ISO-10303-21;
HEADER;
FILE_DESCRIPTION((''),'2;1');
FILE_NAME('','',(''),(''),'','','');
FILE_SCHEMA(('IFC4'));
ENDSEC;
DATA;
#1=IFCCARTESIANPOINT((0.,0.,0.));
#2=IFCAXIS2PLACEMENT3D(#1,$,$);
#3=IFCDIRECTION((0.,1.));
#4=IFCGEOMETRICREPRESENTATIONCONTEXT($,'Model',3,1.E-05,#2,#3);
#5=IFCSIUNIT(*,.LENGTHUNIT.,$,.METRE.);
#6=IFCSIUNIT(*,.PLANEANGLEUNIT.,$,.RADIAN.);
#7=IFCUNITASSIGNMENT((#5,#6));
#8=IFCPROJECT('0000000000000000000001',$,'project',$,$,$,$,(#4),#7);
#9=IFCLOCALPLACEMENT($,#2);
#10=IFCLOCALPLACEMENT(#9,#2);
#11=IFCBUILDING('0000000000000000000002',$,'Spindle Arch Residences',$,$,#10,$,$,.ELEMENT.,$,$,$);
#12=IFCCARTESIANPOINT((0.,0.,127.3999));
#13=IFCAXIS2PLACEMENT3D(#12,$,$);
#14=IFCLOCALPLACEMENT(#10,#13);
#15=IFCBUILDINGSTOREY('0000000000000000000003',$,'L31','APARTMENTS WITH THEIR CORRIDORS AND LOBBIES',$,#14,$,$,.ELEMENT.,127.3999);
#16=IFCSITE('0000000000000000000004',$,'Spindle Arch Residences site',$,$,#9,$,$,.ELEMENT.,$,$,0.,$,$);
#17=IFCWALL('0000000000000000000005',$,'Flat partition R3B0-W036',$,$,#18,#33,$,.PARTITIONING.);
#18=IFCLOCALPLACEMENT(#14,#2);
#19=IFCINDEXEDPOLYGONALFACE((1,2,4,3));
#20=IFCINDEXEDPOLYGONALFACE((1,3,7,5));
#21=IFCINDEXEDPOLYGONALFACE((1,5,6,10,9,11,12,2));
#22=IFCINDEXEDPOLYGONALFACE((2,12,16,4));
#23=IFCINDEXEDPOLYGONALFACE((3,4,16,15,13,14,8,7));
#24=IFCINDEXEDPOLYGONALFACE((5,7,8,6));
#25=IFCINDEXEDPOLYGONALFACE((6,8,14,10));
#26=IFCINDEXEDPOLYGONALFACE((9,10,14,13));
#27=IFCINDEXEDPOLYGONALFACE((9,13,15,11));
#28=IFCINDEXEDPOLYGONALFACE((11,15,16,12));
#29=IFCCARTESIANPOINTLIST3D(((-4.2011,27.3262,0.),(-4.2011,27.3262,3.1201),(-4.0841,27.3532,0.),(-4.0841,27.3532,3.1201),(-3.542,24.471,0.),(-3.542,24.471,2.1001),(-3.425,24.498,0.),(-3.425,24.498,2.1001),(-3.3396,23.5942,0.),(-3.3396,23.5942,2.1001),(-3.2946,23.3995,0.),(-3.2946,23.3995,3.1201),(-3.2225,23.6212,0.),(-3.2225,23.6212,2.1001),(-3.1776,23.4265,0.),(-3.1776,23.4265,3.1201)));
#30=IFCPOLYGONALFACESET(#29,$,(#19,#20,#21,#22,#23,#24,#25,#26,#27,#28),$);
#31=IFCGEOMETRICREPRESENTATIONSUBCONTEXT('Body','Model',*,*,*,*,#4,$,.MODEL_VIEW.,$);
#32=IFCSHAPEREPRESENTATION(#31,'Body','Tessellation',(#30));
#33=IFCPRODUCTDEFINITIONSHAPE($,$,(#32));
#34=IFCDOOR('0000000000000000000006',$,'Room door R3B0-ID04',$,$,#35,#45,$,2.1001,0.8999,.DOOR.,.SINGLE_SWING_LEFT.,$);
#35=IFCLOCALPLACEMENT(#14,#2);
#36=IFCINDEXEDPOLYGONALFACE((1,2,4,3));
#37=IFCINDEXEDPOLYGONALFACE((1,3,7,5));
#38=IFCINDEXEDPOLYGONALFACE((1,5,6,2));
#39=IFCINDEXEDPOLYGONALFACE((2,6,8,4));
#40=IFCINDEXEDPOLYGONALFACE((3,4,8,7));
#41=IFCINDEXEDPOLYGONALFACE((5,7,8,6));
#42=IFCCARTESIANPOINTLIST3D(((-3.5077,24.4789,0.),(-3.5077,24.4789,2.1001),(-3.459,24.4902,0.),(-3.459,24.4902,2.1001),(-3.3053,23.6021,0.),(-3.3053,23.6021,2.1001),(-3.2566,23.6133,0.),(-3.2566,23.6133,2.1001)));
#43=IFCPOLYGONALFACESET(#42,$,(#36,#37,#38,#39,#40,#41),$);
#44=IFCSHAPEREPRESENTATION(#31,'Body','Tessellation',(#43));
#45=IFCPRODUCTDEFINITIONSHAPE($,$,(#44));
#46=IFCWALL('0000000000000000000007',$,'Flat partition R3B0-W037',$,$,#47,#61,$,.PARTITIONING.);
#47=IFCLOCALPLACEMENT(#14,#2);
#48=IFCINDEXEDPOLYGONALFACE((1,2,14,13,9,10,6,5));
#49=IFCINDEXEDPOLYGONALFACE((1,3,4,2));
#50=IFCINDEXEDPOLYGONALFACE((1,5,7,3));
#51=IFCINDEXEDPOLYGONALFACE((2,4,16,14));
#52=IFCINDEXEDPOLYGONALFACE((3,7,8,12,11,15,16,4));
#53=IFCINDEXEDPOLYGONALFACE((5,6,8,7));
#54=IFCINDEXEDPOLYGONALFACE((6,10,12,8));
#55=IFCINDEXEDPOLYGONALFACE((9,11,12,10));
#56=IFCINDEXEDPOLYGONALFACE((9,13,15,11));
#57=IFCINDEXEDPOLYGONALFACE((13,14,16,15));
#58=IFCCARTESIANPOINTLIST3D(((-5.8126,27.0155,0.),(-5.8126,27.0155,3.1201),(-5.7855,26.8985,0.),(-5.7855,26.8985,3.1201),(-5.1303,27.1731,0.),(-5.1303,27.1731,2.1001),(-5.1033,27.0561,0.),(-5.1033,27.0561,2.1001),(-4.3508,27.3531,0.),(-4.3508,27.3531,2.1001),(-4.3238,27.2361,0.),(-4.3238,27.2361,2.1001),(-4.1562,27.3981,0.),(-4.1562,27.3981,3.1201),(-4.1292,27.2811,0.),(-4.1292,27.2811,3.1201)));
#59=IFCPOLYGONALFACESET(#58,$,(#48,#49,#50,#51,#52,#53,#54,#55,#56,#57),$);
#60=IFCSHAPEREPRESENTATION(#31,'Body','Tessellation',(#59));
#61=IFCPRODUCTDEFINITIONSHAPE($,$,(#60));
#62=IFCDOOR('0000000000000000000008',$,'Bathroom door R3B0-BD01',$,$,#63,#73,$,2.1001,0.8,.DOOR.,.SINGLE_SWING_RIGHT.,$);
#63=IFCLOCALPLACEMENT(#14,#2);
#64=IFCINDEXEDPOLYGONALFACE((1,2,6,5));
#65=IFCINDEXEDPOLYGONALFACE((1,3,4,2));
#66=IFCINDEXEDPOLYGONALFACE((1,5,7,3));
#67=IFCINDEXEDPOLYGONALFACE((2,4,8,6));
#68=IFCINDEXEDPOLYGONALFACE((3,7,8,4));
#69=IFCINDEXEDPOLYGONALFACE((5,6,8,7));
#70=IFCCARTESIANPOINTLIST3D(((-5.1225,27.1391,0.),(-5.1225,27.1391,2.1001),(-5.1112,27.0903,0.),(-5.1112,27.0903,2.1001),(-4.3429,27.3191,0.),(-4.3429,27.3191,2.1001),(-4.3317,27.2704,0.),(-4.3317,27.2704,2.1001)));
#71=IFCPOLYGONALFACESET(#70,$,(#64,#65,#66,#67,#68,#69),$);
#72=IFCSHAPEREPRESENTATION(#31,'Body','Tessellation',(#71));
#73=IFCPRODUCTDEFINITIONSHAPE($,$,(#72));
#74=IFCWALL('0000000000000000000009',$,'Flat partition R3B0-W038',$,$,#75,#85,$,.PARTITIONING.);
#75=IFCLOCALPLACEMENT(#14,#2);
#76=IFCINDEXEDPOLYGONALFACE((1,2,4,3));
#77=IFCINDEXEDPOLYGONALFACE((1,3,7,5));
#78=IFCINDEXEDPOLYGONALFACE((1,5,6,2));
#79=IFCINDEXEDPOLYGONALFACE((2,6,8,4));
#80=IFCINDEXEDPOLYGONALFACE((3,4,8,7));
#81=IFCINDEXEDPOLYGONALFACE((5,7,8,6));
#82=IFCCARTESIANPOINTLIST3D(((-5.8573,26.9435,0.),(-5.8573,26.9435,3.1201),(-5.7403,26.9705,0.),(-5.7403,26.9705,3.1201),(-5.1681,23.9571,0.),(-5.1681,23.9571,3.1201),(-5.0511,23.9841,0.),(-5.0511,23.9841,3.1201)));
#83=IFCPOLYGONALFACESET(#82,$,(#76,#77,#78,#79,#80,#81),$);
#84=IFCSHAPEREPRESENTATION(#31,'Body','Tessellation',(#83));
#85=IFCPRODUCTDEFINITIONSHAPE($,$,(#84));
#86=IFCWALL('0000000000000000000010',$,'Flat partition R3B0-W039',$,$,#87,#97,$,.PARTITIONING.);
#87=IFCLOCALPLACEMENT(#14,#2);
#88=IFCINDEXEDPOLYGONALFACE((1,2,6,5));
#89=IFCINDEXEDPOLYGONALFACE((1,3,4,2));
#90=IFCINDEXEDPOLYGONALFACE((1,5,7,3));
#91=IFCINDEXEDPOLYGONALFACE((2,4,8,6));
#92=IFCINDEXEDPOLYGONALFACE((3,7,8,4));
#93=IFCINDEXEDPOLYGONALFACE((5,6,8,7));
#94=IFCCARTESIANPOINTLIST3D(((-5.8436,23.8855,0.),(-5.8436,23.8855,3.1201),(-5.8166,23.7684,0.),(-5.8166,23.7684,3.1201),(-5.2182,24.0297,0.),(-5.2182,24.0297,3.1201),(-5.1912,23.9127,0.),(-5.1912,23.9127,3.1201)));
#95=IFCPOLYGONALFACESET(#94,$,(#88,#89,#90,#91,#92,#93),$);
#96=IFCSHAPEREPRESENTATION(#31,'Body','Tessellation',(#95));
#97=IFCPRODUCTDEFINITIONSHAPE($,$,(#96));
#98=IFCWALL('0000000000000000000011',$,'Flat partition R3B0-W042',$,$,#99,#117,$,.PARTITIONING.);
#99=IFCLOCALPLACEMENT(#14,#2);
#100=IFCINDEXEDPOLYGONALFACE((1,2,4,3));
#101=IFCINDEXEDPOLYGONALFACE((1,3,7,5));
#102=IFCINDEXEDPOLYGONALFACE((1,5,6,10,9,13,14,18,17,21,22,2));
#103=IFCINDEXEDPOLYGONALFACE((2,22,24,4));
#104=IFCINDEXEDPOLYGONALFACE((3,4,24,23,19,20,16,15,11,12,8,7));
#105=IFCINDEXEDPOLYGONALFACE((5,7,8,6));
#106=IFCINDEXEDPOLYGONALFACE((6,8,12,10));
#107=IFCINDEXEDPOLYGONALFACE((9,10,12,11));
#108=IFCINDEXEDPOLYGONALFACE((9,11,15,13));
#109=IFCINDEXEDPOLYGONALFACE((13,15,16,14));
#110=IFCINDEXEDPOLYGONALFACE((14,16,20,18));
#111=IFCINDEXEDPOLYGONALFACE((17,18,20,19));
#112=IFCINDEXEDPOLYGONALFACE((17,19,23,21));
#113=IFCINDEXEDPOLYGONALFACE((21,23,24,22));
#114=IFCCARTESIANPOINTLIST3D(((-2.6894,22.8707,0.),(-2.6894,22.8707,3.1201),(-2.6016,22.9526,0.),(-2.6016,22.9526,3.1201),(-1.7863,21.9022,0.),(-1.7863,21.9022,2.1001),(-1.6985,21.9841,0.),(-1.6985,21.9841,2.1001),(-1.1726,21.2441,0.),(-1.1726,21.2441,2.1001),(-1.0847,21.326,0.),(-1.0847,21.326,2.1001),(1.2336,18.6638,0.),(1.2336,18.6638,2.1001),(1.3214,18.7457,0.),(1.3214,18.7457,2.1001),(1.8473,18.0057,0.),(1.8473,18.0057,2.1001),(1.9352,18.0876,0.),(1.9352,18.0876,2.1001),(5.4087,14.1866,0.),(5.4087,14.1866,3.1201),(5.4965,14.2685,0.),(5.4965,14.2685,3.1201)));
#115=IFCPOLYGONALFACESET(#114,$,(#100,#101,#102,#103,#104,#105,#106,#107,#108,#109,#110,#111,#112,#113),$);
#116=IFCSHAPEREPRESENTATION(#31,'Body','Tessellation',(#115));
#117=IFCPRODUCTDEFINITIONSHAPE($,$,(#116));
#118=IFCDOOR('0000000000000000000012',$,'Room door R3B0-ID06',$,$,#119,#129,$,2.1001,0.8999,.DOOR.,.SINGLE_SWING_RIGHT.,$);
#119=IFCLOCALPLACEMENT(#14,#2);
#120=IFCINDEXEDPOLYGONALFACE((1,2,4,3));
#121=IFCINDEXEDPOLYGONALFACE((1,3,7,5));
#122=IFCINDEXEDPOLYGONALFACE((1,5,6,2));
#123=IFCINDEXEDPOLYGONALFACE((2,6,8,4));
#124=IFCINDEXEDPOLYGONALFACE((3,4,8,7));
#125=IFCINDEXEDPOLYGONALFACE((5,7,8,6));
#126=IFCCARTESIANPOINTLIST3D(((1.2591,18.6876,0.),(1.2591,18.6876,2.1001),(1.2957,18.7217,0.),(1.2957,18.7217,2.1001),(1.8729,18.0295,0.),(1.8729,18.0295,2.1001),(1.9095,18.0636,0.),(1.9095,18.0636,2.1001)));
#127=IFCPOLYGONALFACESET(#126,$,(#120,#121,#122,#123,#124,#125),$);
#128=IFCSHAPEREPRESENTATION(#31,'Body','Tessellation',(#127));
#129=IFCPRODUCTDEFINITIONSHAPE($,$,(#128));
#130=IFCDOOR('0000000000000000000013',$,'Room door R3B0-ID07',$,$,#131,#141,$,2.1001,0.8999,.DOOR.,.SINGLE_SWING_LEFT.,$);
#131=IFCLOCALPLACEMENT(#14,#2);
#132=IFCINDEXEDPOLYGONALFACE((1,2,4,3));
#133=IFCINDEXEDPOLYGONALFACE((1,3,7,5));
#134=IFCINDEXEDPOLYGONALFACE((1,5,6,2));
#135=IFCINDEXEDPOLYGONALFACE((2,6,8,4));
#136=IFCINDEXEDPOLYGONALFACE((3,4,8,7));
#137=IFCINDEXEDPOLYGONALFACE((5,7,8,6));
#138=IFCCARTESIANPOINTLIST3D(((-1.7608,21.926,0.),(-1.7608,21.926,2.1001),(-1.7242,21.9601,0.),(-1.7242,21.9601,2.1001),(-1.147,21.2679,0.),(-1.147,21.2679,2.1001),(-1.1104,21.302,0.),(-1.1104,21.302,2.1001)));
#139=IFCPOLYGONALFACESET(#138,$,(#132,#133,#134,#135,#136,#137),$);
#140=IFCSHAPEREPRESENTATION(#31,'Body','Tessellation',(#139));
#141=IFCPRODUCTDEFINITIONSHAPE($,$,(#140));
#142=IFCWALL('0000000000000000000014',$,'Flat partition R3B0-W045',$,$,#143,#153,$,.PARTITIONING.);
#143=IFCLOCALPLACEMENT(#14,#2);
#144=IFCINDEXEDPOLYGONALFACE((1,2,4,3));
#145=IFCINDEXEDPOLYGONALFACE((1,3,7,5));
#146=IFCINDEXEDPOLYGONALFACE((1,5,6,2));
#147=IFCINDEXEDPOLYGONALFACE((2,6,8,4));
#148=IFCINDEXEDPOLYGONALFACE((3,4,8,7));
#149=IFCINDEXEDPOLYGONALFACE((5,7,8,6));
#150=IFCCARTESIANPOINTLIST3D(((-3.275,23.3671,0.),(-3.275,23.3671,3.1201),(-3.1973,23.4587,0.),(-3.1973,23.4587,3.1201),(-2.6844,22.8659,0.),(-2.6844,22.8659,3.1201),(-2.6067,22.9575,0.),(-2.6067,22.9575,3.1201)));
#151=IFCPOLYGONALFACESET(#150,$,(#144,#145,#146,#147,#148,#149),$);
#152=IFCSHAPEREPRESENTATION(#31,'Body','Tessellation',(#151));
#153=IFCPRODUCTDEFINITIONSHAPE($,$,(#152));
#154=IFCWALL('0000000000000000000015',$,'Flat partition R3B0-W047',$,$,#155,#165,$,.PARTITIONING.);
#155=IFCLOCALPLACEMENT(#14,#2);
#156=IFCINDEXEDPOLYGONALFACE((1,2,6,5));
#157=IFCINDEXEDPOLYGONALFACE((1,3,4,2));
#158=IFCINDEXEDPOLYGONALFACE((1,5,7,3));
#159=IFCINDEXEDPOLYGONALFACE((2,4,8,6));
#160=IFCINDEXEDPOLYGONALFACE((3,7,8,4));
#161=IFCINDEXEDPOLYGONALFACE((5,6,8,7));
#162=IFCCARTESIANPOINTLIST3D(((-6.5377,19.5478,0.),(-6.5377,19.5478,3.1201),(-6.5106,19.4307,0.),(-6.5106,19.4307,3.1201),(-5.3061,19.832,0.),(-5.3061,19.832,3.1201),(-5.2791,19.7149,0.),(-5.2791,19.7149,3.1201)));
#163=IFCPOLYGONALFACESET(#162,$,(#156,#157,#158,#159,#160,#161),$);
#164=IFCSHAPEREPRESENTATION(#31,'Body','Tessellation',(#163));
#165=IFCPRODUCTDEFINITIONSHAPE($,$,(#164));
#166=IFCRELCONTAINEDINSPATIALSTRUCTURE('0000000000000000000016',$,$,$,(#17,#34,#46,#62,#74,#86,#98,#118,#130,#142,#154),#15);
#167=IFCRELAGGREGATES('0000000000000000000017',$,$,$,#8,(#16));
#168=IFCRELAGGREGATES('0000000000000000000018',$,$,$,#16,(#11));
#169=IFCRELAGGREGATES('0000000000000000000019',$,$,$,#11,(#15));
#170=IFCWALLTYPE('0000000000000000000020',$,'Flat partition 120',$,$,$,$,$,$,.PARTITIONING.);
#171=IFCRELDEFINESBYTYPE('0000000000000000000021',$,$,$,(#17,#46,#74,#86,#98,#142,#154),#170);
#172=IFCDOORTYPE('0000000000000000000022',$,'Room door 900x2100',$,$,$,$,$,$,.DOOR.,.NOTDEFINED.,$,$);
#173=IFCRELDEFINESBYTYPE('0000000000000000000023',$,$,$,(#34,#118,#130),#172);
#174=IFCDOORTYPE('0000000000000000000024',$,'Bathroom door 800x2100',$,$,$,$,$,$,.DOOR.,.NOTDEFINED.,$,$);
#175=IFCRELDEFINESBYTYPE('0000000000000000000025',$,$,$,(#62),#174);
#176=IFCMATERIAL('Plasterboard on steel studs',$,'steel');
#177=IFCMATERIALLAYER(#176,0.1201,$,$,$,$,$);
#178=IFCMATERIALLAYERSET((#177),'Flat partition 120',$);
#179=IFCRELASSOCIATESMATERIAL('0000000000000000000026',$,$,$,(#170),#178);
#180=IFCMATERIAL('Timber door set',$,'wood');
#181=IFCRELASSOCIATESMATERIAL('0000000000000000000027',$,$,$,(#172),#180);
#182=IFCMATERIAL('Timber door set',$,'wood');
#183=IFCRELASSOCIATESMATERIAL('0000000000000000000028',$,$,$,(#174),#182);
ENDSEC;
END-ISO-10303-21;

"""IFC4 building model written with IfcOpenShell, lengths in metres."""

from ifc_helpers import new_model, si_unit, direction, frame, frame_2d, origin, place, context, subcontext, project, spatial, rectangle, extrude, material, layer, layer_set, type_object, element, fill, save


model = new_model("IFC4")

# Units and contexts
model_context = context("Model", 3, precision=1e-05, world=origin(), true_north=direction((0.0, 1.0)))
body_context = subcontext(model_context, "Body", "Model", "MODEL_VIEW")
ifc_project = project(units=[si_unit("LENGTHUNIT", "METRE"), si_unit("PLANEANGLEUNIT", "RADIAN")], contexts=[model_context])

# Site, building, storey
site_placement = place(None, origin())
site = spatial("IfcSite", under=ifc_project, at=site_placement, Name="Spindle Arch Residences site", CompositionType="ELEMENT", RefElevation=0.0)
building_placement = place(site_placement, origin())
building = spatial("IfcBuilding", under=site, at=building_placement, Name="Spindle Arch Residences", CompositionType="ELEMENT")
storey_placement = place(building_placement, frame((0.0, 0.0, 127.3999)))
storey = spatial("IfcBuildingStorey", under=building, at=storey_placement, Name="L31", Description="APARTMENTS WITH THEIR CORRIDORS AND LOBBIES", CompositionType="ELEMENT", Elevation=127.3999)

# Walls, openings, doors
ifc_material_1 = material(Name="Plasterboard on steel studs", Category="steel")
ifc_layer_1 = layer(ifc_material_1, 0.1201)
ifc_layer_set_1 = layer_set([ifc_layer_1], Name="Flat partition 120")
wall_type_1 = type_object("IfcWallType", Name="Flat partition 120", PredefinedType="PARTITIONING", material=ifc_layer_set_1)
wall_1_placement = place(storey_placement, frame((-3.2361, 23.4128, 0.0), z_axis=(0.0, 0.0, 1.0), x_axis=(-0.224935, 0.974374, 0.0)))
wall_1 = element("IfcWall", 1, at=wall_1_placement, inside=storey, type_object=wall_type_1, Name="Flat partition R3B0-W036", PredefinedType="PARTITIONING", context=body_context, shape_type="SweptSolid", body=[
    extrude(rectangle(XDim=4.03, YDim=0.1201, at=frame_2d((2.0151, 0.0))), origin(), (0.0, 0.0, 1.0), 3.1201),
])
opening_1_placement = place(wall_1_placement, frame((0.2, 0.0, 0.0)))
opening_1 = element("IfcOpeningElement", 2, at=opening_1_placement, cuts=wall_1, PredefinedType="OPENING", context=body_context, shape_type="SweptSolid", body=[
    extrude(rectangle(XDim=0.8999, YDim=2.1001, at=frame_2d((0.45, 1.05))), frame((0.0, 0.0701, 0.0), z_axis=(0.0, -1.0, 0.0), x_axis=(1.0, 0.0, 0.0)), (0.0, 0.0, 1.0), 0.1401),
])
ifc_material_2 = material(Name="Timber door set", Category="wood")
door_type_1 = type_object("IfcDoorType", Name="Room door 900x2100", OperationType="NOTDEFINED", PredefinedType="DOOR", material=ifc_material_2)
door_1_placement = place(opening_1_placement, origin())
door_1 = element("IfcDoor", 3, at=door_1_placement, inside=storey, type_object=door_type_1, Name="Room door R3B0-ID04", OperationType="SINGLE_SWING_LEFT", OverallHeight=2.1001, OverallWidth=0.8999, PredefinedType="DOOR", context=body_context, shape_type="SweptSolid", body=[
    extrude(rectangle(XDim=0.8999, YDim=2.1001, at=frame_2d((0.45, 1.05))), frame((0.0, 0.0249, 0.0), z_axis=(0.0, -1.0, 0.0), x_axis=(1.0, 0.0, 0.0)), (0.0, 0.0, 1.0), 0.05),
])
fill(opening_1, door_1)
wall_2_placement = place(storey_placement, frame((-4.1426, 27.3396, 0.0), z_axis=(0.0, 0.0, 1.0), x_axis=(-0.974345, -0.225059, 0.0)))
wall_2 = element("IfcWall", 4, at=wall_2_placement, inside=storey, type_object=wall_type_1, Name="Flat partition R3B0-W037", PredefinedType="PARTITIONING", context=body_context, shape_type="SweptSolid", body=[
    extrude(rectangle(XDim=1.7, YDim=0.1201, at=frame_2d((0.8501, 0.0))), origin(), (0.0, 0.0, 1.0), 3.1201),
])
opening_2_placement = place(wall_2_placement, frame((0.2, 0.0, 0.0)))
opening_2 = element("IfcOpeningElement", 5, at=opening_2_placement, cuts=wall_2, PredefinedType="OPENING", context=body_context, shape_type="SweptSolid", body=[
    extrude(rectangle(XDim=0.8, YDim=2.1001, at=frame_2d((0.3999, 1.05))), frame((0.0, 0.0701, 0.0), z_axis=(0.0, -1.0, 0.0), x_axis=(1.0, 0.0, 0.0)), (0.0, 0.0, 1.0), 0.1401),
])
ifc_material_3 = material(Name="Timber door set", Category="wood")
door_type_2 = type_object("IfcDoorType", Name="Bathroom door 800x2100", OperationType="NOTDEFINED", PredefinedType="DOOR", material=ifc_material_3)
door_2_placement = place(opening_2_placement, origin())
door_2 = element("IfcDoor", 6, at=door_2_placement, inside=storey, type_object=door_type_2, Name="Bathroom door R3B0-BD01", OperationType="SINGLE_SWING_RIGHT", OverallHeight=2.1001, OverallWidth=0.8, PredefinedType="DOOR", context=body_context, shape_type="SweptSolid", body=[
    extrude(rectangle(XDim=0.8, YDim=2.1001, at=frame_2d((0.3999, 1.05))), frame((0.0, 0.0249, 0.0), z_axis=(0.0, -1.0, 0.0), x_axis=(1.0, 0.0, 0.0)), (0.0, 0.0, 1.0), 0.05),
])
fill(opening_2, door_2)

# Walls
wall_3_placement = place(storey_placement, frame((-5.7988, 26.957, 0.0), z_axis=(0.0, 0.0, 1.0), x_axis=(0.224877, -0.974387, 0.0)))
element("IfcWall", 7, at=wall_3_placement, inside=storey, type_object=wall_type_1, Name="Flat partition R3B0-W038", PredefinedType="PARTITIONING", context=body_context, shape_type="SweptSolid", body=[
    extrude(rectangle(XDim=3.0649, YDim=0.1201, at=frame_2d((1.5325, 0.0))), origin(), (0.0, 0.0, 1.0), 3.1201),
])
wall_4_placement = place(storey_placement, frame((-5.2048, 23.9712, 0.0), z_axis=(0.0, 0.0, 1.0), x_axis=(-0.97441, -0.224776, 0.0)))
element("IfcWall", 8, at=wall_4_placement, inside=storey, type_object=wall_type_1, Name="Flat partition R3B0-W039", PredefinedType="PARTITIONING", context=body_context, shape_type="SweptSolid", body=[
    extrude(rectangle(XDim=0.6418, YDim=0.1201, at=frame_2d((0.3208, 0.0))), origin(), (0.0, 0.0, 1.0), 3.1201),
])

# Wall, openings, doors
wall_5_placement = place(storey_placement, frame((-2.6455, 22.9116, 0.0), z_axis=(0.0, 0.0, 1.0), x_axis=(0.682003, -0.731349, 0.0)))
wall_5 = element("IfcWall", 9, at=wall_5_placement, inside=storey, type_object=wall_type_1, Name="Flat partition R3B0-W042", PredefinedType="PARTITIONING", context=body_context, shape_type="SweptSolid", body=[
    extrude(rectangle(XDim=11.874, YDim=0.1201, at=frame_2d((5.937, 0.0))), origin(), (0.0, 0.0, 1.0), 3.1201),
])
opening_3_placement = place(wall_5_placement, frame((5.7522, 0.0, 0.0)))
opening_3 = element("IfcOpeningElement", 10, at=opening_3_placement, cuts=wall_5, PredefinedType="OPENING", context=body_context, shape_type="SweptSolid", body=[
    extrude(rectangle(XDim=0.8999, YDim=2.1001, at=frame_2d((0.45, 1.05))), frame((0.0, 0.0701, 0.0), z_axis=(0.0, -1.0, 0.0), x_axis=(1.0, 0.0, 0.0)), (0.0, 0.0, 1.0), 0.1401),
])
opening_4_placement = place(wall_5_placement, frame((1.3242, 0.0, 0.0)))
opening_4 = element("IfcOpeningElement", 11, at=opening_4_placement, cuts=wall_5, PredefinedType="OPENING", context=body_context, shape_type="SweptSolid", body=[
    extrude(rectangle(XDim=0.8999, YDim=2.1001, at=frame_2d((0.45, 1.05))), frame((0.0, 0.0701, 0.0), z_axis=(0.0, -1.0, 0.0), x_axis=(1.0, 0.0, 0.0)), (0.0, 0.0, 1.0), 0.1401),
])
door_3_placement = place(opening_3_placement, origin())
door_3 = element("IfcDoor", 12, at=door_3_placement, inside=storey, type_object=door_type_1, Name="Room door R3B0-ID06", OperationType="SINGLE_SWING_RIGHT", OverallHeight=2.1001, OverallWidth=0.8999, PredefinedType="DOOR", context=body_context, shape_type="SweptSolid", body=[
    extrude(rectangle(XDim=0.8999, YDim=2.1001, at=frame_2d((0.45, 1.05))), frame((0.0, 0.0249, 0.0), z_axis=(0.0, -1.0, 0.0), x_axis=(1.0, 0.0, 0.0)), (0.0, 0.0, 1.0), 0.05),
])
fill(opening_3, door_3)
door_4_placement = place(opening_4_placement, origin())
door_4 = element("IfcDoor", 13, at=door_4_placement, inside=storey, type_object=door_type_1, Name="Room door R3B0-ID07", OperationType="SINGLE_SWING_LEFT", OverallHeight=2.1001, OverallWidth=0.8999, PredefinedType="DOOR", context=body_context, shape_type="SweptSolid", body=[
    extrude(rectangle(XDim=0.8999, YDim=2.1001, at=frame_2d((0.45, 1.05))), frame((0.0, 0.0249, 0.0), z_axis=(0.0, -1.0, 0.0), x_axis=(1.0, 0.0, 0.0)), (0.0, 0.0, 1.0), 0.05),
])
fill(opening_4, door_4)

# Walls
wall_6_placement = place(storey_placement, frame((-3.2361, 23.4128, 0.0), z_axis=(0.0, 0.0, 1.0), x_axis=(0.762429, -0.647072, 0.0)))
element("IfcWall", 14, at=wall_6_placement, inside=storey, type_object=wall_type_1, Name="Flat partition R3B0-W045", PredefinedType="PARTITIONING", context=body_context, shape_type="SweptSolid", body=[
    extrude(rectangle(XDim=0.7747, YDim=0.1201, at=frame_2d((0.3872, 0.0))), origin(), (0.0, 0.0, 1.0), 3.1201),
])
wall_7_placement = place(storey_placement, frame((-5.2927, 19.7734, 0.0), z_axis=(0.0, 0.0, 1.0), x_axis=(-0.974391, -0.22486, 0.0)))
element("IfcWall", 15, at=wall_7_placement, inside=storey, type_object=wall_type_1, Name="Flat partition R3B0-W047", PredefinedType="PARTITIONING", context=body_context, shape_type="SweptSolid", body=[
    extrude(rectangle(XDim=1.2639, YDim=0.1201, at=frame_2d((0.6318, 0.0))), origin(), (0.0, 0.0, 1.0), 3.1201),
])

save(model, "model.ifc")
